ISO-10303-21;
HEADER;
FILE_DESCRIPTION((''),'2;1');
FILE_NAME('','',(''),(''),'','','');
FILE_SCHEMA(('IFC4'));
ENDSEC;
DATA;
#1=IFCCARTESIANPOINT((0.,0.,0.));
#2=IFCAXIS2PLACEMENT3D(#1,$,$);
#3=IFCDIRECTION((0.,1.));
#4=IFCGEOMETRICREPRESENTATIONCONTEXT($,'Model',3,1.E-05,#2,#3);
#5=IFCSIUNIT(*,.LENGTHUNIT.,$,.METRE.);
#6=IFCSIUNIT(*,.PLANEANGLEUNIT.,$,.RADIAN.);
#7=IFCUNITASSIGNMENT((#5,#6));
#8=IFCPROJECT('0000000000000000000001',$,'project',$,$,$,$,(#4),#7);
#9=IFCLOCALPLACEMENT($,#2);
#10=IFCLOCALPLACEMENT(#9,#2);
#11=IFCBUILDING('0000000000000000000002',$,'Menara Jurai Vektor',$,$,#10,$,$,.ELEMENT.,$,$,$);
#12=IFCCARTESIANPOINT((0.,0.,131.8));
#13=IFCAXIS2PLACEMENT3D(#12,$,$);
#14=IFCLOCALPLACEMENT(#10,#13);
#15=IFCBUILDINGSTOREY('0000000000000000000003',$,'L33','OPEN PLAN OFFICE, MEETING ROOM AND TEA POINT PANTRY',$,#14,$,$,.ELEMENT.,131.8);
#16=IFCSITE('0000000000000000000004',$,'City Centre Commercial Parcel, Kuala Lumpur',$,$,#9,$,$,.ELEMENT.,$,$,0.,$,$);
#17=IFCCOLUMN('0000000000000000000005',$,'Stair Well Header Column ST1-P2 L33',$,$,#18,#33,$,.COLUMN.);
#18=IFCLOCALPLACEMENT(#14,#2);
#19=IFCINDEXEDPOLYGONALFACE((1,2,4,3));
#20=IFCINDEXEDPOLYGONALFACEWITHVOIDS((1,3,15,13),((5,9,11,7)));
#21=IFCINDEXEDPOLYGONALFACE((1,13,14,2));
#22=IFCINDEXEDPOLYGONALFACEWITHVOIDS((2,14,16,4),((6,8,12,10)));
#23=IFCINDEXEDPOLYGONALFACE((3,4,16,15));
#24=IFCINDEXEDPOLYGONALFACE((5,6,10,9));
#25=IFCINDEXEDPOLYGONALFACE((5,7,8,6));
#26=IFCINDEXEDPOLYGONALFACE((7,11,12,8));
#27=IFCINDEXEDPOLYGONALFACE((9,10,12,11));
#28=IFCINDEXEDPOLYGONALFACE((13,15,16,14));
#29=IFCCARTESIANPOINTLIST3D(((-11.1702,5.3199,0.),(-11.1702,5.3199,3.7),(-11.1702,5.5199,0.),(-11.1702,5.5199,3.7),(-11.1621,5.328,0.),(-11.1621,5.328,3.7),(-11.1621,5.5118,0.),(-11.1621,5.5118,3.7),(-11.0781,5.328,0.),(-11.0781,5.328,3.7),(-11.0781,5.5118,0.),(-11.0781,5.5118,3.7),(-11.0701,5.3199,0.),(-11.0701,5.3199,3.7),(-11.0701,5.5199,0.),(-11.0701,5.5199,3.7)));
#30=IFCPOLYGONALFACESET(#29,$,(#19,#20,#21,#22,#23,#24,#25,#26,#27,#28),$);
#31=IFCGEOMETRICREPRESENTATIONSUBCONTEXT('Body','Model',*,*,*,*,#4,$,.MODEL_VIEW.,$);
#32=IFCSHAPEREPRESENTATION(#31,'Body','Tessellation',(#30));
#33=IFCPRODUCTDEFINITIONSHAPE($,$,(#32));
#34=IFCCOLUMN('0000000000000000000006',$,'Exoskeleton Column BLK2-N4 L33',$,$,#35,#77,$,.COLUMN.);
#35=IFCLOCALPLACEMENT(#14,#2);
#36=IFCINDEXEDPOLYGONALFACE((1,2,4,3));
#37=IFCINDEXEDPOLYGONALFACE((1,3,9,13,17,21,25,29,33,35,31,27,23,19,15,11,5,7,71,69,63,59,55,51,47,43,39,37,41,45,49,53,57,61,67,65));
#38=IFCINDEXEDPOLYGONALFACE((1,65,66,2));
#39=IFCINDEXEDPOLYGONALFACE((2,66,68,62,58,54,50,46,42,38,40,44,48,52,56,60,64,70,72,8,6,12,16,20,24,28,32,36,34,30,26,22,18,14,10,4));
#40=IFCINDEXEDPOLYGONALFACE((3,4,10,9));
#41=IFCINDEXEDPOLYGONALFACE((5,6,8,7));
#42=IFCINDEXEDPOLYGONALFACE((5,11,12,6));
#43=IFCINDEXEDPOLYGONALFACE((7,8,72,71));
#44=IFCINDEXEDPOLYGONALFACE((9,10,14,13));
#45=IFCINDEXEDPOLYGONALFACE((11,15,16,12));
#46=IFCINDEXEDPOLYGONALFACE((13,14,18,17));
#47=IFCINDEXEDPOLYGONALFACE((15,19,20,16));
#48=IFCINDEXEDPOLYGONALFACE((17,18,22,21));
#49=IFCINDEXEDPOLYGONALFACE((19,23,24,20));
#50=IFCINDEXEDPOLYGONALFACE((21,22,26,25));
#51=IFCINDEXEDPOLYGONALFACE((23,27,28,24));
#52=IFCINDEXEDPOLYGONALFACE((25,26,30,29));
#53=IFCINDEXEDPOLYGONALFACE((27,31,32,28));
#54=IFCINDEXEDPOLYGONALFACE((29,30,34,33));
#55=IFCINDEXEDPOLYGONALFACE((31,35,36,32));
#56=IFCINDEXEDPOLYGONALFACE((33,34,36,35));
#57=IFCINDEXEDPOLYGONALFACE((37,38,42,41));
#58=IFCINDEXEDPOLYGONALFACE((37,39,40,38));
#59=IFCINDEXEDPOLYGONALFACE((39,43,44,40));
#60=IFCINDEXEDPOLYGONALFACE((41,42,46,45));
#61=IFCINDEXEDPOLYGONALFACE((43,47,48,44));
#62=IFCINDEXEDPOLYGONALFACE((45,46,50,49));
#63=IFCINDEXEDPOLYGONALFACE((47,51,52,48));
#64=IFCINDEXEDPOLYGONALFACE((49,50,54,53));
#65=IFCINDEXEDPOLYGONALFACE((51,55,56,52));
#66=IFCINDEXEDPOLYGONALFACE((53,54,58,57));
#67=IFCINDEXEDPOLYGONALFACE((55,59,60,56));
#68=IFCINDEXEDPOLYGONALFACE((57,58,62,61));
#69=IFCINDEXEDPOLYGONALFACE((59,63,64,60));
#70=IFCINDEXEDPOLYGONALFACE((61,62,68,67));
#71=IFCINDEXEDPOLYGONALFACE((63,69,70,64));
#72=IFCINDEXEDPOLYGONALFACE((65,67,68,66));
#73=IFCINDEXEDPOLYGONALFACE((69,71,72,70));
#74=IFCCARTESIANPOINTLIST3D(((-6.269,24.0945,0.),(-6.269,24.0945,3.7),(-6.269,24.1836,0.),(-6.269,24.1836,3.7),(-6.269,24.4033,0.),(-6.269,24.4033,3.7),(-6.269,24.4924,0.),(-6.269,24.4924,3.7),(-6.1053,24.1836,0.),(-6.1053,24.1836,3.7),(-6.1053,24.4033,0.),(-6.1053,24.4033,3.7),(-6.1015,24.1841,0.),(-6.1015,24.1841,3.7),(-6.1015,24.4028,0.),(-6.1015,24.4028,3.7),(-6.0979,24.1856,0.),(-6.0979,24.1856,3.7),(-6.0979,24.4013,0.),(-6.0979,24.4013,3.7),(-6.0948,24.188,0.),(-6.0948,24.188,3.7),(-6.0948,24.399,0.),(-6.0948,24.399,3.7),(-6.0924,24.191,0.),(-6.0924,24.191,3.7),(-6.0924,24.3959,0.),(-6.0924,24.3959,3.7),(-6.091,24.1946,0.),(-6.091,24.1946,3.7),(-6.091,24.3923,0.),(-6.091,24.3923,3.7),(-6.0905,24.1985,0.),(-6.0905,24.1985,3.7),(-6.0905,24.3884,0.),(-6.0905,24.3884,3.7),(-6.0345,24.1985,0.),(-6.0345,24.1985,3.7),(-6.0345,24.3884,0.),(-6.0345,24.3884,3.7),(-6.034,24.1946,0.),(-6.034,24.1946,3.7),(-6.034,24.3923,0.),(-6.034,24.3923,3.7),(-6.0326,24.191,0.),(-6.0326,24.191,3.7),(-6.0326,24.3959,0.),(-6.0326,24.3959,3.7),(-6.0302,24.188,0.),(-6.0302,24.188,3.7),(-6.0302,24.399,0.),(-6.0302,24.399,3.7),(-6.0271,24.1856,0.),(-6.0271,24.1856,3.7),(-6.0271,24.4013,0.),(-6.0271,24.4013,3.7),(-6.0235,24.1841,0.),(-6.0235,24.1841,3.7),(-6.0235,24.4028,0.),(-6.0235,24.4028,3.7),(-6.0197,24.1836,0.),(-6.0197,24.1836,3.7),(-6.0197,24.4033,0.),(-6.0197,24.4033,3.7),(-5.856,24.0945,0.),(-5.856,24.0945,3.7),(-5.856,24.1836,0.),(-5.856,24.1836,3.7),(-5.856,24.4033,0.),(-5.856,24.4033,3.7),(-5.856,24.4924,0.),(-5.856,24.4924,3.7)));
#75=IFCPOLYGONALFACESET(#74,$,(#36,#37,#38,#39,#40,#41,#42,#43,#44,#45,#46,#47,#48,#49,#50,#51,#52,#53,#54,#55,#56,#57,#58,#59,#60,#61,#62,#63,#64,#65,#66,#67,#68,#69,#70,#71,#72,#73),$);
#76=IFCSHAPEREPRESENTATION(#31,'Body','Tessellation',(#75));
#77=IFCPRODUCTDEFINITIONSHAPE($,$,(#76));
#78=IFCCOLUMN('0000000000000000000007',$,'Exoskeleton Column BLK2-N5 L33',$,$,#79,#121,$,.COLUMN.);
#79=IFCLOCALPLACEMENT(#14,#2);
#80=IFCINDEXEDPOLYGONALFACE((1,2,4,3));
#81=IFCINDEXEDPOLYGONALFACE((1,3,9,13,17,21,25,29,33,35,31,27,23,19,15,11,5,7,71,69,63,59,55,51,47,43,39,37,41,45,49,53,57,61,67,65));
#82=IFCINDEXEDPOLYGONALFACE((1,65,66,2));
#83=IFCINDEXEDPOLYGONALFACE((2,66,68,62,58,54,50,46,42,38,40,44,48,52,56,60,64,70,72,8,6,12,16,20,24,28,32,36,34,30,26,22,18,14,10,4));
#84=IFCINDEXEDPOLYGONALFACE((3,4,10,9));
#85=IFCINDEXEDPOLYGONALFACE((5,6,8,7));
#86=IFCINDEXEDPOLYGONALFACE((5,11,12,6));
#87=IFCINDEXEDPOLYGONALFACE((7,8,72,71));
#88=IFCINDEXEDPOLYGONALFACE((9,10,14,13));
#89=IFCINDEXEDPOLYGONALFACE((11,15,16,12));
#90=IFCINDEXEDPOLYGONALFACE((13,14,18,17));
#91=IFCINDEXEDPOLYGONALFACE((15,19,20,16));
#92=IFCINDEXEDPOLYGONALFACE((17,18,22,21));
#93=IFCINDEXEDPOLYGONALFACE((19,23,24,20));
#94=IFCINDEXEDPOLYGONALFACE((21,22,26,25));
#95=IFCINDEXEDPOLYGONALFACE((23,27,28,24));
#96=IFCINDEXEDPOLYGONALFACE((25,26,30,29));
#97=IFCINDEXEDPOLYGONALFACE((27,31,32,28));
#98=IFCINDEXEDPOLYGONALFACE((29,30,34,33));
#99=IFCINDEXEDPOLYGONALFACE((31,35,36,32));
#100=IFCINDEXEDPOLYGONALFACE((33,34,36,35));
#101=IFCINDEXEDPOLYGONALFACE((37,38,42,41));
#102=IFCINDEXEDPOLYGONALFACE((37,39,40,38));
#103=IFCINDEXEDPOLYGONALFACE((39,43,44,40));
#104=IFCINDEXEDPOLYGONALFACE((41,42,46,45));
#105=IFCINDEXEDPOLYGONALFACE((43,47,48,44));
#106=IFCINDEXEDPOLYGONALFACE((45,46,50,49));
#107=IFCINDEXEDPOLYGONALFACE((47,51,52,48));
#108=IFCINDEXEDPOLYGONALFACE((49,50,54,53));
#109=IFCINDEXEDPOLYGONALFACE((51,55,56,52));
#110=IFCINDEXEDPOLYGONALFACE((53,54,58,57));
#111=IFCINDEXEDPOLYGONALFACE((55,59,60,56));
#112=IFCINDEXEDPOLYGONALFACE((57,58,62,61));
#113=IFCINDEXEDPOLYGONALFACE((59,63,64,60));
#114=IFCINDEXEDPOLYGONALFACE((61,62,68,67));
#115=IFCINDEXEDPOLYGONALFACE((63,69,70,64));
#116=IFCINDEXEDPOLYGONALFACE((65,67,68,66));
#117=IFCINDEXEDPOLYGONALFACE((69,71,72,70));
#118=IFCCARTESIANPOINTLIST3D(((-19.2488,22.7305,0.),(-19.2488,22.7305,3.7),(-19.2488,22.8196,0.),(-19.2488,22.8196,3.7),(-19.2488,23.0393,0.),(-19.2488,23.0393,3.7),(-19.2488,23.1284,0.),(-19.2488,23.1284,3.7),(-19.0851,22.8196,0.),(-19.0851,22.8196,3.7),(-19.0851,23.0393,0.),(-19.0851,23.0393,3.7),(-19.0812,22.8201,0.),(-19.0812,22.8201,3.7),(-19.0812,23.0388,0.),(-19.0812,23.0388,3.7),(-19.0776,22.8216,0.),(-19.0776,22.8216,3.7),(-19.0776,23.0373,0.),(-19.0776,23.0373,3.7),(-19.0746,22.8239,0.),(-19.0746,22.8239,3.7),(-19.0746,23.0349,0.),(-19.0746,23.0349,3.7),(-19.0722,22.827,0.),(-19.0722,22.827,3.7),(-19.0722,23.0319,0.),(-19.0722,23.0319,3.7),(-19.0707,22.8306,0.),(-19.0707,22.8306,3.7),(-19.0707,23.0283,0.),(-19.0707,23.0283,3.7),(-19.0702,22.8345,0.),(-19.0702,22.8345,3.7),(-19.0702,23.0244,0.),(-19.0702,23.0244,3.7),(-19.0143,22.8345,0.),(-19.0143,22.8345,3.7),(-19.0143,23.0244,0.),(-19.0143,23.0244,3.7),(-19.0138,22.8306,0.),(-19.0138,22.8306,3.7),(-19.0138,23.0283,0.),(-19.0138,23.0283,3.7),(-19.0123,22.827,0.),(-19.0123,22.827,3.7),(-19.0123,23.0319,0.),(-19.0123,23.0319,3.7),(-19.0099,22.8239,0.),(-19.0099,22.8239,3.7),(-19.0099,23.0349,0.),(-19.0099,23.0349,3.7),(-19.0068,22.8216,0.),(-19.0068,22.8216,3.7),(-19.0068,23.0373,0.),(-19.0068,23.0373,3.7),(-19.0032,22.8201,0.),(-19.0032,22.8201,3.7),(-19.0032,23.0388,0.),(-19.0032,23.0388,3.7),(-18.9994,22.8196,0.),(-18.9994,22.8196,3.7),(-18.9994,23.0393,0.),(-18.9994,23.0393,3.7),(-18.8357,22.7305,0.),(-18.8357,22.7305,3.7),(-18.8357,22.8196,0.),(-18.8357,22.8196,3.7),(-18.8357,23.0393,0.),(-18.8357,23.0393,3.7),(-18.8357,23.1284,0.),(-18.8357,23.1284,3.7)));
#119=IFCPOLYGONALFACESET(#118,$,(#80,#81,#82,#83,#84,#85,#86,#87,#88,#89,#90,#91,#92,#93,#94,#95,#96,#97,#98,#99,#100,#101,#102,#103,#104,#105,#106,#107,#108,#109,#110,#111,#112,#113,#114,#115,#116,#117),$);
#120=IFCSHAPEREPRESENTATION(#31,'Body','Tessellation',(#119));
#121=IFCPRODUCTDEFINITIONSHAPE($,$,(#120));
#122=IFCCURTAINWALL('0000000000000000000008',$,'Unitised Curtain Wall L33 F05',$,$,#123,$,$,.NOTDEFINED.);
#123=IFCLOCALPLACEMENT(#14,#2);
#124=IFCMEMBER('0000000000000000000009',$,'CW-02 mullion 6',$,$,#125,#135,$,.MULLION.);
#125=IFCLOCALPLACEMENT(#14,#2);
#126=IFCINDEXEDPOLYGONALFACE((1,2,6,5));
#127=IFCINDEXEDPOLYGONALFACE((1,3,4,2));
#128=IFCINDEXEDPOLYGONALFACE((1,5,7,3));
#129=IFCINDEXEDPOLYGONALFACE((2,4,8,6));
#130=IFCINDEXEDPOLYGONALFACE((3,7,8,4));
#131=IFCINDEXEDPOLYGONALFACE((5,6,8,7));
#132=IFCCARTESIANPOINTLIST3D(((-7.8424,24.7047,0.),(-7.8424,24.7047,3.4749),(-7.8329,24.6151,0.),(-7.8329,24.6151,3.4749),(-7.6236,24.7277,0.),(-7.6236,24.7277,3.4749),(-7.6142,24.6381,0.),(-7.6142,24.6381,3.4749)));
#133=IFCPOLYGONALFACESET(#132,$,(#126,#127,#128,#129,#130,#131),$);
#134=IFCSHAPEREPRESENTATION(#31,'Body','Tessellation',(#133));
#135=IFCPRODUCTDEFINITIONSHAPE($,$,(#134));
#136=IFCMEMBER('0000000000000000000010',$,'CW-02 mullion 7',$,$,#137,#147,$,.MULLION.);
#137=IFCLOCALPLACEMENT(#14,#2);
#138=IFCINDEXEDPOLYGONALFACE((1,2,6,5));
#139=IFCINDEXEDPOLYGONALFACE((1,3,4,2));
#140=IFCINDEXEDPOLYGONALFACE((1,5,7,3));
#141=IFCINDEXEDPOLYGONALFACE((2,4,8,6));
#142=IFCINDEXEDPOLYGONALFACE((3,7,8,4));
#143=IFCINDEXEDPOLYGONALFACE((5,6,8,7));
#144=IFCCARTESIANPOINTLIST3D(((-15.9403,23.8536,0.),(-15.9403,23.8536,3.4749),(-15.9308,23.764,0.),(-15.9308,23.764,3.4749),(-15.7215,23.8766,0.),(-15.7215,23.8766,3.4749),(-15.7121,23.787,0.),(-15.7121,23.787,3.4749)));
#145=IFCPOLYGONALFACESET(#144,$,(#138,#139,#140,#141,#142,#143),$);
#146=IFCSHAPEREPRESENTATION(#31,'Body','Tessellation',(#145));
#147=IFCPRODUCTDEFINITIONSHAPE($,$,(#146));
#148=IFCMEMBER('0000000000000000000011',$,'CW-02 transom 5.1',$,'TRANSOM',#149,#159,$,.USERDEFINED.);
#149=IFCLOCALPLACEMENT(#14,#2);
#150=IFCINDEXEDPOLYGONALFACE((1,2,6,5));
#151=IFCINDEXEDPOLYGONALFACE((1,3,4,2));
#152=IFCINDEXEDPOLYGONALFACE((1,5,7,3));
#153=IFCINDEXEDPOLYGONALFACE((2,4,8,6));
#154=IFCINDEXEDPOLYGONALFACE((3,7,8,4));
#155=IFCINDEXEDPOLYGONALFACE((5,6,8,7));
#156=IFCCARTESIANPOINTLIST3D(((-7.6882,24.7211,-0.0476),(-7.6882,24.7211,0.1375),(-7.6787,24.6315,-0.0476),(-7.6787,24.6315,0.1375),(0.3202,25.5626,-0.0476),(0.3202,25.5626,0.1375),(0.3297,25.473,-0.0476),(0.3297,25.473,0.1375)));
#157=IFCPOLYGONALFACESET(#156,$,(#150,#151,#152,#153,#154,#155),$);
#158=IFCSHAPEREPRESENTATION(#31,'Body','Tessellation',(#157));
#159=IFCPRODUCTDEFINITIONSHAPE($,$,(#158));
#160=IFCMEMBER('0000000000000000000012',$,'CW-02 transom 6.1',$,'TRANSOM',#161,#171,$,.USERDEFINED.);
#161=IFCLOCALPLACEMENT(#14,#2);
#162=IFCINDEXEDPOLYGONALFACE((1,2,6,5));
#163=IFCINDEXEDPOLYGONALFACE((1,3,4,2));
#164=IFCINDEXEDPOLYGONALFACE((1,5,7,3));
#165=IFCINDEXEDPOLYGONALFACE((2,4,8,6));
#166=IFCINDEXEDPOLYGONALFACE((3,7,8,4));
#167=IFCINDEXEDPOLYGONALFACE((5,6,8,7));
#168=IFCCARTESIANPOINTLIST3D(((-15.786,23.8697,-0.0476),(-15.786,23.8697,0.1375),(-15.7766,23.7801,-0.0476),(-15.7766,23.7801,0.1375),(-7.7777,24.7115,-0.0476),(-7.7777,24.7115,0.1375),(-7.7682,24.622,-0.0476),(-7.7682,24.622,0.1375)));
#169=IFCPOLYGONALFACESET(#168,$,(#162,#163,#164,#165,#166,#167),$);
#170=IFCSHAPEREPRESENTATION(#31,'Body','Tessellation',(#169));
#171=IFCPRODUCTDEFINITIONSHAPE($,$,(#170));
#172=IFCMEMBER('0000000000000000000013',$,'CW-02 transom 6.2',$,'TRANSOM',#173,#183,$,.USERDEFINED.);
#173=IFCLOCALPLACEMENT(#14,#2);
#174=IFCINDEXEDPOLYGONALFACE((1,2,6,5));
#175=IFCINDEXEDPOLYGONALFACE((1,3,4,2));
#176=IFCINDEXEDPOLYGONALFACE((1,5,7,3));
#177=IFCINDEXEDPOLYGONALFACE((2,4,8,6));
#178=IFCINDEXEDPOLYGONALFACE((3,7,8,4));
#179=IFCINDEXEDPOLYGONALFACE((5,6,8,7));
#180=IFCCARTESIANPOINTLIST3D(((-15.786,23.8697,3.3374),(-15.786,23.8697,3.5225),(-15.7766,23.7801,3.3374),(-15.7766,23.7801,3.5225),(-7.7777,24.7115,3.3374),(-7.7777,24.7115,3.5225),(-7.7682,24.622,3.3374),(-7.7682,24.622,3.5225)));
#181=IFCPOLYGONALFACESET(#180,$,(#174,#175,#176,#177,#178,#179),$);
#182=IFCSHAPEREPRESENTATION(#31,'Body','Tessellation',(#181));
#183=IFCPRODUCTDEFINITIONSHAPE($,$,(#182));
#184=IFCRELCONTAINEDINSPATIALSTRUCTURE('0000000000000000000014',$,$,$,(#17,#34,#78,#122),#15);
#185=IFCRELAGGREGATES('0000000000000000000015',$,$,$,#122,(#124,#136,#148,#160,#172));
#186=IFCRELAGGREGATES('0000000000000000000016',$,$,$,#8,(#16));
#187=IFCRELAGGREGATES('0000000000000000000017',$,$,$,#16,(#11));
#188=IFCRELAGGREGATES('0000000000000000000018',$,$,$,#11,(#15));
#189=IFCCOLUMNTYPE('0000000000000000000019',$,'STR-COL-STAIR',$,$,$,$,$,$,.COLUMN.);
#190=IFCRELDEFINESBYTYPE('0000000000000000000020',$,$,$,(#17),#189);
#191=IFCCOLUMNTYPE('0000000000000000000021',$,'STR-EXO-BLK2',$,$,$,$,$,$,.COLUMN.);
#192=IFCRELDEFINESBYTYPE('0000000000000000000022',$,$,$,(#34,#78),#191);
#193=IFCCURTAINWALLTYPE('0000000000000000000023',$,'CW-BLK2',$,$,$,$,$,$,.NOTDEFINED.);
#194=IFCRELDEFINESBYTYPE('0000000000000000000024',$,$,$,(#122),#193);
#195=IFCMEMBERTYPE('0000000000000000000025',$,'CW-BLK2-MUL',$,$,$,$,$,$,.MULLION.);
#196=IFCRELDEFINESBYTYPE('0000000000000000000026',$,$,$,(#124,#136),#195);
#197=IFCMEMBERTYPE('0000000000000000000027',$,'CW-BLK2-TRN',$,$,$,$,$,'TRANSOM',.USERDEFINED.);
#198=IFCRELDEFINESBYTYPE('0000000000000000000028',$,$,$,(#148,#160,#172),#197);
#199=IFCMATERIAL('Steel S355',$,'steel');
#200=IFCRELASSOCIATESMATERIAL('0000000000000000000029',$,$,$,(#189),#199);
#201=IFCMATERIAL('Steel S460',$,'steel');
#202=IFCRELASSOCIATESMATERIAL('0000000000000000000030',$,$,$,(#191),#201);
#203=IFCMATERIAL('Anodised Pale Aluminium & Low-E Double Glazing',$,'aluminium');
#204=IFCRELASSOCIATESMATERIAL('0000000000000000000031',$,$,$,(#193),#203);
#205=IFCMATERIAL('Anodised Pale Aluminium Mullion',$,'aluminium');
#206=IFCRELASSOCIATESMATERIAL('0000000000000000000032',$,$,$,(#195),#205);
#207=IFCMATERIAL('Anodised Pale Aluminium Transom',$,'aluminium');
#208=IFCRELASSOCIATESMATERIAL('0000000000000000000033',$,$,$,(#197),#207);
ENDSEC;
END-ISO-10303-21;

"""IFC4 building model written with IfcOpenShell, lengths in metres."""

from ifc_helpers import new_model, si_unit, direction, frame, origin, origin_2d, place, context, subcontext, project, spatial, rectangle, hollow_rectangle, i_section, extrude, material, material_profile, profile_set, type_object, element, aggregate, save


model = new_model("IFC4")

# Units and contexts
model_context = context("Model", 3, precision=1e-05, world=origin(), true_north=direction((0.0, 1.0)))
body_context = subcontext(model_context, "Body", "Model", "MODEL_VIEW")
ifc_project = project(units=[si_unit("LENGTHUNIT", "METRE"), si_unit("PLANEANGLEUNIT", "RADIAN")], contexts=[model_context])

# Site, building, storey
site_placement = place(None, origin())
site = spatial("IfcSite", under=ifc_project, at=site_placement, Name="City Centre Commercial Parcel, Kuala Lumpur", CompositionType="ELEMENT", RefElevation=0.0)
building_placement = place(site_placement, origin())
building = spatial("IfcBuilding", under=site, at=building_placement, Name="Menara Jurai Vektor", CompositionType="ELEMENT")
storey_placement = place(building_placement, frame((0.0, 0.0, 131.8)))
storey = spatial("IfcBuildingStorey", under=building, at=storey_placement, Name="L33", Description="OPEN PLAN OFFICE, MEETING ROOM AND TEA POINT PANTRY", CompositionType="ELEMENT", Elevation=131.8)

# Columns
ifc_material_1 = material(Name="Steel S355", Category="steel")
ifc_material_profile_1 = material_profile(ifc_material_1, hollow_rectangle(XDim=0.1001, YDim=0.2, WallThickness=0.0081, at=origin_2d()), Name="RHS 200x100x8")
ifc_profile_set_1 = profile_set([ifc_material_profile_1], Name="Steel S355")
column_type_1 = type_object("IfcColumnType", Name="STR-COL-STAIR", PredefinedType="COLUMN", material=ifc_profile_set_1)
column_placement = place(storey_placement, frame((-11.1201, 5.4199, 0.0), z_axis=(0.0, 0.0, 1.0), x_axis=(1.0, 0.0, 0.0)))
element("IfcColumn", 1, at=column_placement, inside=storey, type_object=column_type_1, Name="Stair Well Header Column ST1-P2 L33", PredefinedType="COLUMN", context=body_context, shape_type="SweptSolid", body=[
    extrude(hollow_rectangle(XDim=0.1001, YDim=0.2, WallThickness=0.0081, at=origin_2d()), origin(), (0.0, 0.0, 1.0), 3.7),
])
ifc_material_2 = material(Name="Steel S460", Category="steel")
ifc_material_profile_2 = material_profile(ifc_material_2, i_section(OverallWidth=0.4131, OverallDepth=0.3979, WebThickness=0.0559, FlangeThickness=0.0891, FilletRadius=0.0149, at=origin_2d()), Name="HD 400x744")
ifc_profile_set_2 = profile_set([ifc_material_profile_2], Name="Steel S460")
column_type_2 = type_object("IfcColumnType", Name="STR-EXO-BLK2", PredefinedType="COLUMN", material=ifc_profile_set_2)
for number, where, z_axis, x_axis, name in (
    (2, (-6.0625, 24.2935, 0.0), (0.0, 0.0, 1.0), (1.0, 0.0, 0.0), "Exoskeleton Column BLK2-N4 L33"),
    (3, (-19.0422, 22.9294, 0.0), (0.0, 0.0, 1.0), (1.0, 0.0, 0.0), "Exoskeleton Column BLK2-N5 L33"),
):
    element("IfcColumn", number, at=place(storey_placement, frame(where, z_axis=z_axis, x_axis=x_axis)), inside=storey, type_object=column_type_2, Name=name, PredefinedType="COLUMN", context=body_context, shape_type="SweptSolid", body=[
        extrude(i_section(OverallWidth=0.4131, OverallDepth=0.3979, WebThickness=0.0559, FlangeThickness=0.0891, FilletRadius=0.0149, at=origin_2d()), origin(), (0.0, 0.0, 1.0), 3.7),
    ])

# Curtain wall, members
ifc_material_3 = material(Name="Anodised Pale Aluminium & Low-E Double Glazing", Category="aluminium")
curtain_wall_type = type_object("IfcCurtainWallType", Name="CW-BLK2", PredefinedType="NOTDEFINED", material=ifc_material_3)
curtain_wall_placement = place(storey_placement, origin())
curtain_wall = element("IfcCurtainWall", 4, at=curtain_wall_placement, inside=storey, type_object=curtain_wall_type, Name="Unitised Curtain Wall L33 F05", PredefinedType="NOTDEFINED")
ifc_material_4 = material(Name="Anodised Pale Aluminium Mullion", Category="aluminium")
ifc_material_profile_3 = material_profile(ifc_material_4, rectangle(XDim=0.0901, YDim=0.22, at=origin_2d()), Name="ALU MUL 90x220")
ifc_profile_set_3 = profile_set([ifc_material_profile_3], Name="Anodised Pale Aluminium Mullion")
member_type_1 = type_object("IfcMemberType", Name="CW-BLK2-MUL", PredefinedType="MULLION", material=ifc_profile_set_3)
member_1_placement = place(storey_placement, frame((-7.7283, 24.6714, 0.0), z_axis=(0.0, 0.0, 1.0), x_axis=(0.104529, -0.994522, 0.0)))
member_1 = element("IfcMember", 5, at=member_1_placement, type_object=member_type_1, Name="CW-02 mullion 6", PredefinedType="MULLION", context=body_context, shape_type="SweptSolid", body=[
    extrude(rectangle(XDim=0.0901, YDim=0.22, at=origin_2d()), origin(), (0.0, 0.0, 1.0), 3.4749),
])
member_2_placement = place(storey_placement, frame((-15.8262, 23.8203, 0.0), z_axis=(0.0, 0.0, 1.0), x_axis=(0.104529, -0.994522, 0.0)))
member_2 = element("IfcMember", 6, at=member_2_placement, type_object=member_type_1, Name="CW-02 mullion 7", PredefinedType="MULLION", context=body_context, shape_type="SweptSolid", body=[
    extrude(rectangle(XDim=0.0901, YDim=0.22, at=origin_2d()), origin(), (0.0, 0.0, 1.0), 3.4749),
])
ifc_material_5 = material(Name="Anodised Pale Aluminium Transom", Category="aluminium")
ifc_material_profile_4 = material_profile(ifc_material_5, rectangle(XDim=0.0901, YDim=0.1851, at=origin_2d()), Name="ALU TRN 90x185")
ifc_profile_set_4 = profile_set([ifc_material_profile_4], Name="Anodised Pale Aluminium Transom")
member_type_2 = type_object("IfcMemberType", Name="CW-BLK2-TRN", ElementType="TRANSOM", PredefinedType="USERDEFINED", material=ifc_profile_set_4)
member_3_placement = place(storey_placement, frame((0.325, 25.5178, 0.0449), z_axis=(-0.994524, -0.10451, 0.0), x_axis=(0.10451, -0.994524, 0.0)))
member_3 = element("IfcMember", 7, at=member_3_placement, type_object=member_type_2, Name="CW-02 transom 5.1", ObjectType="TRANSOM", PredefinedType="USERDEFINED", context=body_context, shape_type="SweptSolid", body=[
    extrude(rectangle(XDim=0.0901, YDim=0.1851, at=origin_2d()), origin(), (0.0, 0.0, 1.0), 8.0525),
])
member_4_placement = place(storey_placement, frame((-7.7729, 24.6667, 0.0449), z_axis=(-0.994521, -0.10454, 0.0), x_axis=(0.10454, -0.994521, 0.0)))
member_4 = element("IfcMember", 8, at=member_4_placement, type_object=member_type_2, Name="CW-02 transom 6.1", ObjectType="TRANSOM", PredefinedType="USERDEFINED", context=body_context, shape_type="SweptSolid", body=[
    extrude(rectangle(XDim=0.0901, YDim=0.1851, at=origin_2d()), origin(), (0.0, 0.0, 1.0), 8.0525),
])
member_5_placement = place(storey_placement, frame((-7.7729, 24.6667, 3.4299), z_axis=(-0.994521, -0.10454, 0.0), x_axis=(0.10454, -0.994521, 0.0)))
member_5 = element("IfcMember", 9, at=member_5_placement, type_object=member_type_2, Name="CW-02 transom 6.2", ObjectType="TRANSOM", PredefinedType="USERDEFINED", context=body_context, shape_type="SweptSolid", body=[
    extrude(rectangle(XDim=0.0901, YDim=0.1851, at=origin_2d()), origin(), (0.0, 0.0, 1.0), 8.0525),
])

aggregate(curtain_wall, [member_1, member_2, member_3, member_4, member_5])

save(model, "model.ifc")
